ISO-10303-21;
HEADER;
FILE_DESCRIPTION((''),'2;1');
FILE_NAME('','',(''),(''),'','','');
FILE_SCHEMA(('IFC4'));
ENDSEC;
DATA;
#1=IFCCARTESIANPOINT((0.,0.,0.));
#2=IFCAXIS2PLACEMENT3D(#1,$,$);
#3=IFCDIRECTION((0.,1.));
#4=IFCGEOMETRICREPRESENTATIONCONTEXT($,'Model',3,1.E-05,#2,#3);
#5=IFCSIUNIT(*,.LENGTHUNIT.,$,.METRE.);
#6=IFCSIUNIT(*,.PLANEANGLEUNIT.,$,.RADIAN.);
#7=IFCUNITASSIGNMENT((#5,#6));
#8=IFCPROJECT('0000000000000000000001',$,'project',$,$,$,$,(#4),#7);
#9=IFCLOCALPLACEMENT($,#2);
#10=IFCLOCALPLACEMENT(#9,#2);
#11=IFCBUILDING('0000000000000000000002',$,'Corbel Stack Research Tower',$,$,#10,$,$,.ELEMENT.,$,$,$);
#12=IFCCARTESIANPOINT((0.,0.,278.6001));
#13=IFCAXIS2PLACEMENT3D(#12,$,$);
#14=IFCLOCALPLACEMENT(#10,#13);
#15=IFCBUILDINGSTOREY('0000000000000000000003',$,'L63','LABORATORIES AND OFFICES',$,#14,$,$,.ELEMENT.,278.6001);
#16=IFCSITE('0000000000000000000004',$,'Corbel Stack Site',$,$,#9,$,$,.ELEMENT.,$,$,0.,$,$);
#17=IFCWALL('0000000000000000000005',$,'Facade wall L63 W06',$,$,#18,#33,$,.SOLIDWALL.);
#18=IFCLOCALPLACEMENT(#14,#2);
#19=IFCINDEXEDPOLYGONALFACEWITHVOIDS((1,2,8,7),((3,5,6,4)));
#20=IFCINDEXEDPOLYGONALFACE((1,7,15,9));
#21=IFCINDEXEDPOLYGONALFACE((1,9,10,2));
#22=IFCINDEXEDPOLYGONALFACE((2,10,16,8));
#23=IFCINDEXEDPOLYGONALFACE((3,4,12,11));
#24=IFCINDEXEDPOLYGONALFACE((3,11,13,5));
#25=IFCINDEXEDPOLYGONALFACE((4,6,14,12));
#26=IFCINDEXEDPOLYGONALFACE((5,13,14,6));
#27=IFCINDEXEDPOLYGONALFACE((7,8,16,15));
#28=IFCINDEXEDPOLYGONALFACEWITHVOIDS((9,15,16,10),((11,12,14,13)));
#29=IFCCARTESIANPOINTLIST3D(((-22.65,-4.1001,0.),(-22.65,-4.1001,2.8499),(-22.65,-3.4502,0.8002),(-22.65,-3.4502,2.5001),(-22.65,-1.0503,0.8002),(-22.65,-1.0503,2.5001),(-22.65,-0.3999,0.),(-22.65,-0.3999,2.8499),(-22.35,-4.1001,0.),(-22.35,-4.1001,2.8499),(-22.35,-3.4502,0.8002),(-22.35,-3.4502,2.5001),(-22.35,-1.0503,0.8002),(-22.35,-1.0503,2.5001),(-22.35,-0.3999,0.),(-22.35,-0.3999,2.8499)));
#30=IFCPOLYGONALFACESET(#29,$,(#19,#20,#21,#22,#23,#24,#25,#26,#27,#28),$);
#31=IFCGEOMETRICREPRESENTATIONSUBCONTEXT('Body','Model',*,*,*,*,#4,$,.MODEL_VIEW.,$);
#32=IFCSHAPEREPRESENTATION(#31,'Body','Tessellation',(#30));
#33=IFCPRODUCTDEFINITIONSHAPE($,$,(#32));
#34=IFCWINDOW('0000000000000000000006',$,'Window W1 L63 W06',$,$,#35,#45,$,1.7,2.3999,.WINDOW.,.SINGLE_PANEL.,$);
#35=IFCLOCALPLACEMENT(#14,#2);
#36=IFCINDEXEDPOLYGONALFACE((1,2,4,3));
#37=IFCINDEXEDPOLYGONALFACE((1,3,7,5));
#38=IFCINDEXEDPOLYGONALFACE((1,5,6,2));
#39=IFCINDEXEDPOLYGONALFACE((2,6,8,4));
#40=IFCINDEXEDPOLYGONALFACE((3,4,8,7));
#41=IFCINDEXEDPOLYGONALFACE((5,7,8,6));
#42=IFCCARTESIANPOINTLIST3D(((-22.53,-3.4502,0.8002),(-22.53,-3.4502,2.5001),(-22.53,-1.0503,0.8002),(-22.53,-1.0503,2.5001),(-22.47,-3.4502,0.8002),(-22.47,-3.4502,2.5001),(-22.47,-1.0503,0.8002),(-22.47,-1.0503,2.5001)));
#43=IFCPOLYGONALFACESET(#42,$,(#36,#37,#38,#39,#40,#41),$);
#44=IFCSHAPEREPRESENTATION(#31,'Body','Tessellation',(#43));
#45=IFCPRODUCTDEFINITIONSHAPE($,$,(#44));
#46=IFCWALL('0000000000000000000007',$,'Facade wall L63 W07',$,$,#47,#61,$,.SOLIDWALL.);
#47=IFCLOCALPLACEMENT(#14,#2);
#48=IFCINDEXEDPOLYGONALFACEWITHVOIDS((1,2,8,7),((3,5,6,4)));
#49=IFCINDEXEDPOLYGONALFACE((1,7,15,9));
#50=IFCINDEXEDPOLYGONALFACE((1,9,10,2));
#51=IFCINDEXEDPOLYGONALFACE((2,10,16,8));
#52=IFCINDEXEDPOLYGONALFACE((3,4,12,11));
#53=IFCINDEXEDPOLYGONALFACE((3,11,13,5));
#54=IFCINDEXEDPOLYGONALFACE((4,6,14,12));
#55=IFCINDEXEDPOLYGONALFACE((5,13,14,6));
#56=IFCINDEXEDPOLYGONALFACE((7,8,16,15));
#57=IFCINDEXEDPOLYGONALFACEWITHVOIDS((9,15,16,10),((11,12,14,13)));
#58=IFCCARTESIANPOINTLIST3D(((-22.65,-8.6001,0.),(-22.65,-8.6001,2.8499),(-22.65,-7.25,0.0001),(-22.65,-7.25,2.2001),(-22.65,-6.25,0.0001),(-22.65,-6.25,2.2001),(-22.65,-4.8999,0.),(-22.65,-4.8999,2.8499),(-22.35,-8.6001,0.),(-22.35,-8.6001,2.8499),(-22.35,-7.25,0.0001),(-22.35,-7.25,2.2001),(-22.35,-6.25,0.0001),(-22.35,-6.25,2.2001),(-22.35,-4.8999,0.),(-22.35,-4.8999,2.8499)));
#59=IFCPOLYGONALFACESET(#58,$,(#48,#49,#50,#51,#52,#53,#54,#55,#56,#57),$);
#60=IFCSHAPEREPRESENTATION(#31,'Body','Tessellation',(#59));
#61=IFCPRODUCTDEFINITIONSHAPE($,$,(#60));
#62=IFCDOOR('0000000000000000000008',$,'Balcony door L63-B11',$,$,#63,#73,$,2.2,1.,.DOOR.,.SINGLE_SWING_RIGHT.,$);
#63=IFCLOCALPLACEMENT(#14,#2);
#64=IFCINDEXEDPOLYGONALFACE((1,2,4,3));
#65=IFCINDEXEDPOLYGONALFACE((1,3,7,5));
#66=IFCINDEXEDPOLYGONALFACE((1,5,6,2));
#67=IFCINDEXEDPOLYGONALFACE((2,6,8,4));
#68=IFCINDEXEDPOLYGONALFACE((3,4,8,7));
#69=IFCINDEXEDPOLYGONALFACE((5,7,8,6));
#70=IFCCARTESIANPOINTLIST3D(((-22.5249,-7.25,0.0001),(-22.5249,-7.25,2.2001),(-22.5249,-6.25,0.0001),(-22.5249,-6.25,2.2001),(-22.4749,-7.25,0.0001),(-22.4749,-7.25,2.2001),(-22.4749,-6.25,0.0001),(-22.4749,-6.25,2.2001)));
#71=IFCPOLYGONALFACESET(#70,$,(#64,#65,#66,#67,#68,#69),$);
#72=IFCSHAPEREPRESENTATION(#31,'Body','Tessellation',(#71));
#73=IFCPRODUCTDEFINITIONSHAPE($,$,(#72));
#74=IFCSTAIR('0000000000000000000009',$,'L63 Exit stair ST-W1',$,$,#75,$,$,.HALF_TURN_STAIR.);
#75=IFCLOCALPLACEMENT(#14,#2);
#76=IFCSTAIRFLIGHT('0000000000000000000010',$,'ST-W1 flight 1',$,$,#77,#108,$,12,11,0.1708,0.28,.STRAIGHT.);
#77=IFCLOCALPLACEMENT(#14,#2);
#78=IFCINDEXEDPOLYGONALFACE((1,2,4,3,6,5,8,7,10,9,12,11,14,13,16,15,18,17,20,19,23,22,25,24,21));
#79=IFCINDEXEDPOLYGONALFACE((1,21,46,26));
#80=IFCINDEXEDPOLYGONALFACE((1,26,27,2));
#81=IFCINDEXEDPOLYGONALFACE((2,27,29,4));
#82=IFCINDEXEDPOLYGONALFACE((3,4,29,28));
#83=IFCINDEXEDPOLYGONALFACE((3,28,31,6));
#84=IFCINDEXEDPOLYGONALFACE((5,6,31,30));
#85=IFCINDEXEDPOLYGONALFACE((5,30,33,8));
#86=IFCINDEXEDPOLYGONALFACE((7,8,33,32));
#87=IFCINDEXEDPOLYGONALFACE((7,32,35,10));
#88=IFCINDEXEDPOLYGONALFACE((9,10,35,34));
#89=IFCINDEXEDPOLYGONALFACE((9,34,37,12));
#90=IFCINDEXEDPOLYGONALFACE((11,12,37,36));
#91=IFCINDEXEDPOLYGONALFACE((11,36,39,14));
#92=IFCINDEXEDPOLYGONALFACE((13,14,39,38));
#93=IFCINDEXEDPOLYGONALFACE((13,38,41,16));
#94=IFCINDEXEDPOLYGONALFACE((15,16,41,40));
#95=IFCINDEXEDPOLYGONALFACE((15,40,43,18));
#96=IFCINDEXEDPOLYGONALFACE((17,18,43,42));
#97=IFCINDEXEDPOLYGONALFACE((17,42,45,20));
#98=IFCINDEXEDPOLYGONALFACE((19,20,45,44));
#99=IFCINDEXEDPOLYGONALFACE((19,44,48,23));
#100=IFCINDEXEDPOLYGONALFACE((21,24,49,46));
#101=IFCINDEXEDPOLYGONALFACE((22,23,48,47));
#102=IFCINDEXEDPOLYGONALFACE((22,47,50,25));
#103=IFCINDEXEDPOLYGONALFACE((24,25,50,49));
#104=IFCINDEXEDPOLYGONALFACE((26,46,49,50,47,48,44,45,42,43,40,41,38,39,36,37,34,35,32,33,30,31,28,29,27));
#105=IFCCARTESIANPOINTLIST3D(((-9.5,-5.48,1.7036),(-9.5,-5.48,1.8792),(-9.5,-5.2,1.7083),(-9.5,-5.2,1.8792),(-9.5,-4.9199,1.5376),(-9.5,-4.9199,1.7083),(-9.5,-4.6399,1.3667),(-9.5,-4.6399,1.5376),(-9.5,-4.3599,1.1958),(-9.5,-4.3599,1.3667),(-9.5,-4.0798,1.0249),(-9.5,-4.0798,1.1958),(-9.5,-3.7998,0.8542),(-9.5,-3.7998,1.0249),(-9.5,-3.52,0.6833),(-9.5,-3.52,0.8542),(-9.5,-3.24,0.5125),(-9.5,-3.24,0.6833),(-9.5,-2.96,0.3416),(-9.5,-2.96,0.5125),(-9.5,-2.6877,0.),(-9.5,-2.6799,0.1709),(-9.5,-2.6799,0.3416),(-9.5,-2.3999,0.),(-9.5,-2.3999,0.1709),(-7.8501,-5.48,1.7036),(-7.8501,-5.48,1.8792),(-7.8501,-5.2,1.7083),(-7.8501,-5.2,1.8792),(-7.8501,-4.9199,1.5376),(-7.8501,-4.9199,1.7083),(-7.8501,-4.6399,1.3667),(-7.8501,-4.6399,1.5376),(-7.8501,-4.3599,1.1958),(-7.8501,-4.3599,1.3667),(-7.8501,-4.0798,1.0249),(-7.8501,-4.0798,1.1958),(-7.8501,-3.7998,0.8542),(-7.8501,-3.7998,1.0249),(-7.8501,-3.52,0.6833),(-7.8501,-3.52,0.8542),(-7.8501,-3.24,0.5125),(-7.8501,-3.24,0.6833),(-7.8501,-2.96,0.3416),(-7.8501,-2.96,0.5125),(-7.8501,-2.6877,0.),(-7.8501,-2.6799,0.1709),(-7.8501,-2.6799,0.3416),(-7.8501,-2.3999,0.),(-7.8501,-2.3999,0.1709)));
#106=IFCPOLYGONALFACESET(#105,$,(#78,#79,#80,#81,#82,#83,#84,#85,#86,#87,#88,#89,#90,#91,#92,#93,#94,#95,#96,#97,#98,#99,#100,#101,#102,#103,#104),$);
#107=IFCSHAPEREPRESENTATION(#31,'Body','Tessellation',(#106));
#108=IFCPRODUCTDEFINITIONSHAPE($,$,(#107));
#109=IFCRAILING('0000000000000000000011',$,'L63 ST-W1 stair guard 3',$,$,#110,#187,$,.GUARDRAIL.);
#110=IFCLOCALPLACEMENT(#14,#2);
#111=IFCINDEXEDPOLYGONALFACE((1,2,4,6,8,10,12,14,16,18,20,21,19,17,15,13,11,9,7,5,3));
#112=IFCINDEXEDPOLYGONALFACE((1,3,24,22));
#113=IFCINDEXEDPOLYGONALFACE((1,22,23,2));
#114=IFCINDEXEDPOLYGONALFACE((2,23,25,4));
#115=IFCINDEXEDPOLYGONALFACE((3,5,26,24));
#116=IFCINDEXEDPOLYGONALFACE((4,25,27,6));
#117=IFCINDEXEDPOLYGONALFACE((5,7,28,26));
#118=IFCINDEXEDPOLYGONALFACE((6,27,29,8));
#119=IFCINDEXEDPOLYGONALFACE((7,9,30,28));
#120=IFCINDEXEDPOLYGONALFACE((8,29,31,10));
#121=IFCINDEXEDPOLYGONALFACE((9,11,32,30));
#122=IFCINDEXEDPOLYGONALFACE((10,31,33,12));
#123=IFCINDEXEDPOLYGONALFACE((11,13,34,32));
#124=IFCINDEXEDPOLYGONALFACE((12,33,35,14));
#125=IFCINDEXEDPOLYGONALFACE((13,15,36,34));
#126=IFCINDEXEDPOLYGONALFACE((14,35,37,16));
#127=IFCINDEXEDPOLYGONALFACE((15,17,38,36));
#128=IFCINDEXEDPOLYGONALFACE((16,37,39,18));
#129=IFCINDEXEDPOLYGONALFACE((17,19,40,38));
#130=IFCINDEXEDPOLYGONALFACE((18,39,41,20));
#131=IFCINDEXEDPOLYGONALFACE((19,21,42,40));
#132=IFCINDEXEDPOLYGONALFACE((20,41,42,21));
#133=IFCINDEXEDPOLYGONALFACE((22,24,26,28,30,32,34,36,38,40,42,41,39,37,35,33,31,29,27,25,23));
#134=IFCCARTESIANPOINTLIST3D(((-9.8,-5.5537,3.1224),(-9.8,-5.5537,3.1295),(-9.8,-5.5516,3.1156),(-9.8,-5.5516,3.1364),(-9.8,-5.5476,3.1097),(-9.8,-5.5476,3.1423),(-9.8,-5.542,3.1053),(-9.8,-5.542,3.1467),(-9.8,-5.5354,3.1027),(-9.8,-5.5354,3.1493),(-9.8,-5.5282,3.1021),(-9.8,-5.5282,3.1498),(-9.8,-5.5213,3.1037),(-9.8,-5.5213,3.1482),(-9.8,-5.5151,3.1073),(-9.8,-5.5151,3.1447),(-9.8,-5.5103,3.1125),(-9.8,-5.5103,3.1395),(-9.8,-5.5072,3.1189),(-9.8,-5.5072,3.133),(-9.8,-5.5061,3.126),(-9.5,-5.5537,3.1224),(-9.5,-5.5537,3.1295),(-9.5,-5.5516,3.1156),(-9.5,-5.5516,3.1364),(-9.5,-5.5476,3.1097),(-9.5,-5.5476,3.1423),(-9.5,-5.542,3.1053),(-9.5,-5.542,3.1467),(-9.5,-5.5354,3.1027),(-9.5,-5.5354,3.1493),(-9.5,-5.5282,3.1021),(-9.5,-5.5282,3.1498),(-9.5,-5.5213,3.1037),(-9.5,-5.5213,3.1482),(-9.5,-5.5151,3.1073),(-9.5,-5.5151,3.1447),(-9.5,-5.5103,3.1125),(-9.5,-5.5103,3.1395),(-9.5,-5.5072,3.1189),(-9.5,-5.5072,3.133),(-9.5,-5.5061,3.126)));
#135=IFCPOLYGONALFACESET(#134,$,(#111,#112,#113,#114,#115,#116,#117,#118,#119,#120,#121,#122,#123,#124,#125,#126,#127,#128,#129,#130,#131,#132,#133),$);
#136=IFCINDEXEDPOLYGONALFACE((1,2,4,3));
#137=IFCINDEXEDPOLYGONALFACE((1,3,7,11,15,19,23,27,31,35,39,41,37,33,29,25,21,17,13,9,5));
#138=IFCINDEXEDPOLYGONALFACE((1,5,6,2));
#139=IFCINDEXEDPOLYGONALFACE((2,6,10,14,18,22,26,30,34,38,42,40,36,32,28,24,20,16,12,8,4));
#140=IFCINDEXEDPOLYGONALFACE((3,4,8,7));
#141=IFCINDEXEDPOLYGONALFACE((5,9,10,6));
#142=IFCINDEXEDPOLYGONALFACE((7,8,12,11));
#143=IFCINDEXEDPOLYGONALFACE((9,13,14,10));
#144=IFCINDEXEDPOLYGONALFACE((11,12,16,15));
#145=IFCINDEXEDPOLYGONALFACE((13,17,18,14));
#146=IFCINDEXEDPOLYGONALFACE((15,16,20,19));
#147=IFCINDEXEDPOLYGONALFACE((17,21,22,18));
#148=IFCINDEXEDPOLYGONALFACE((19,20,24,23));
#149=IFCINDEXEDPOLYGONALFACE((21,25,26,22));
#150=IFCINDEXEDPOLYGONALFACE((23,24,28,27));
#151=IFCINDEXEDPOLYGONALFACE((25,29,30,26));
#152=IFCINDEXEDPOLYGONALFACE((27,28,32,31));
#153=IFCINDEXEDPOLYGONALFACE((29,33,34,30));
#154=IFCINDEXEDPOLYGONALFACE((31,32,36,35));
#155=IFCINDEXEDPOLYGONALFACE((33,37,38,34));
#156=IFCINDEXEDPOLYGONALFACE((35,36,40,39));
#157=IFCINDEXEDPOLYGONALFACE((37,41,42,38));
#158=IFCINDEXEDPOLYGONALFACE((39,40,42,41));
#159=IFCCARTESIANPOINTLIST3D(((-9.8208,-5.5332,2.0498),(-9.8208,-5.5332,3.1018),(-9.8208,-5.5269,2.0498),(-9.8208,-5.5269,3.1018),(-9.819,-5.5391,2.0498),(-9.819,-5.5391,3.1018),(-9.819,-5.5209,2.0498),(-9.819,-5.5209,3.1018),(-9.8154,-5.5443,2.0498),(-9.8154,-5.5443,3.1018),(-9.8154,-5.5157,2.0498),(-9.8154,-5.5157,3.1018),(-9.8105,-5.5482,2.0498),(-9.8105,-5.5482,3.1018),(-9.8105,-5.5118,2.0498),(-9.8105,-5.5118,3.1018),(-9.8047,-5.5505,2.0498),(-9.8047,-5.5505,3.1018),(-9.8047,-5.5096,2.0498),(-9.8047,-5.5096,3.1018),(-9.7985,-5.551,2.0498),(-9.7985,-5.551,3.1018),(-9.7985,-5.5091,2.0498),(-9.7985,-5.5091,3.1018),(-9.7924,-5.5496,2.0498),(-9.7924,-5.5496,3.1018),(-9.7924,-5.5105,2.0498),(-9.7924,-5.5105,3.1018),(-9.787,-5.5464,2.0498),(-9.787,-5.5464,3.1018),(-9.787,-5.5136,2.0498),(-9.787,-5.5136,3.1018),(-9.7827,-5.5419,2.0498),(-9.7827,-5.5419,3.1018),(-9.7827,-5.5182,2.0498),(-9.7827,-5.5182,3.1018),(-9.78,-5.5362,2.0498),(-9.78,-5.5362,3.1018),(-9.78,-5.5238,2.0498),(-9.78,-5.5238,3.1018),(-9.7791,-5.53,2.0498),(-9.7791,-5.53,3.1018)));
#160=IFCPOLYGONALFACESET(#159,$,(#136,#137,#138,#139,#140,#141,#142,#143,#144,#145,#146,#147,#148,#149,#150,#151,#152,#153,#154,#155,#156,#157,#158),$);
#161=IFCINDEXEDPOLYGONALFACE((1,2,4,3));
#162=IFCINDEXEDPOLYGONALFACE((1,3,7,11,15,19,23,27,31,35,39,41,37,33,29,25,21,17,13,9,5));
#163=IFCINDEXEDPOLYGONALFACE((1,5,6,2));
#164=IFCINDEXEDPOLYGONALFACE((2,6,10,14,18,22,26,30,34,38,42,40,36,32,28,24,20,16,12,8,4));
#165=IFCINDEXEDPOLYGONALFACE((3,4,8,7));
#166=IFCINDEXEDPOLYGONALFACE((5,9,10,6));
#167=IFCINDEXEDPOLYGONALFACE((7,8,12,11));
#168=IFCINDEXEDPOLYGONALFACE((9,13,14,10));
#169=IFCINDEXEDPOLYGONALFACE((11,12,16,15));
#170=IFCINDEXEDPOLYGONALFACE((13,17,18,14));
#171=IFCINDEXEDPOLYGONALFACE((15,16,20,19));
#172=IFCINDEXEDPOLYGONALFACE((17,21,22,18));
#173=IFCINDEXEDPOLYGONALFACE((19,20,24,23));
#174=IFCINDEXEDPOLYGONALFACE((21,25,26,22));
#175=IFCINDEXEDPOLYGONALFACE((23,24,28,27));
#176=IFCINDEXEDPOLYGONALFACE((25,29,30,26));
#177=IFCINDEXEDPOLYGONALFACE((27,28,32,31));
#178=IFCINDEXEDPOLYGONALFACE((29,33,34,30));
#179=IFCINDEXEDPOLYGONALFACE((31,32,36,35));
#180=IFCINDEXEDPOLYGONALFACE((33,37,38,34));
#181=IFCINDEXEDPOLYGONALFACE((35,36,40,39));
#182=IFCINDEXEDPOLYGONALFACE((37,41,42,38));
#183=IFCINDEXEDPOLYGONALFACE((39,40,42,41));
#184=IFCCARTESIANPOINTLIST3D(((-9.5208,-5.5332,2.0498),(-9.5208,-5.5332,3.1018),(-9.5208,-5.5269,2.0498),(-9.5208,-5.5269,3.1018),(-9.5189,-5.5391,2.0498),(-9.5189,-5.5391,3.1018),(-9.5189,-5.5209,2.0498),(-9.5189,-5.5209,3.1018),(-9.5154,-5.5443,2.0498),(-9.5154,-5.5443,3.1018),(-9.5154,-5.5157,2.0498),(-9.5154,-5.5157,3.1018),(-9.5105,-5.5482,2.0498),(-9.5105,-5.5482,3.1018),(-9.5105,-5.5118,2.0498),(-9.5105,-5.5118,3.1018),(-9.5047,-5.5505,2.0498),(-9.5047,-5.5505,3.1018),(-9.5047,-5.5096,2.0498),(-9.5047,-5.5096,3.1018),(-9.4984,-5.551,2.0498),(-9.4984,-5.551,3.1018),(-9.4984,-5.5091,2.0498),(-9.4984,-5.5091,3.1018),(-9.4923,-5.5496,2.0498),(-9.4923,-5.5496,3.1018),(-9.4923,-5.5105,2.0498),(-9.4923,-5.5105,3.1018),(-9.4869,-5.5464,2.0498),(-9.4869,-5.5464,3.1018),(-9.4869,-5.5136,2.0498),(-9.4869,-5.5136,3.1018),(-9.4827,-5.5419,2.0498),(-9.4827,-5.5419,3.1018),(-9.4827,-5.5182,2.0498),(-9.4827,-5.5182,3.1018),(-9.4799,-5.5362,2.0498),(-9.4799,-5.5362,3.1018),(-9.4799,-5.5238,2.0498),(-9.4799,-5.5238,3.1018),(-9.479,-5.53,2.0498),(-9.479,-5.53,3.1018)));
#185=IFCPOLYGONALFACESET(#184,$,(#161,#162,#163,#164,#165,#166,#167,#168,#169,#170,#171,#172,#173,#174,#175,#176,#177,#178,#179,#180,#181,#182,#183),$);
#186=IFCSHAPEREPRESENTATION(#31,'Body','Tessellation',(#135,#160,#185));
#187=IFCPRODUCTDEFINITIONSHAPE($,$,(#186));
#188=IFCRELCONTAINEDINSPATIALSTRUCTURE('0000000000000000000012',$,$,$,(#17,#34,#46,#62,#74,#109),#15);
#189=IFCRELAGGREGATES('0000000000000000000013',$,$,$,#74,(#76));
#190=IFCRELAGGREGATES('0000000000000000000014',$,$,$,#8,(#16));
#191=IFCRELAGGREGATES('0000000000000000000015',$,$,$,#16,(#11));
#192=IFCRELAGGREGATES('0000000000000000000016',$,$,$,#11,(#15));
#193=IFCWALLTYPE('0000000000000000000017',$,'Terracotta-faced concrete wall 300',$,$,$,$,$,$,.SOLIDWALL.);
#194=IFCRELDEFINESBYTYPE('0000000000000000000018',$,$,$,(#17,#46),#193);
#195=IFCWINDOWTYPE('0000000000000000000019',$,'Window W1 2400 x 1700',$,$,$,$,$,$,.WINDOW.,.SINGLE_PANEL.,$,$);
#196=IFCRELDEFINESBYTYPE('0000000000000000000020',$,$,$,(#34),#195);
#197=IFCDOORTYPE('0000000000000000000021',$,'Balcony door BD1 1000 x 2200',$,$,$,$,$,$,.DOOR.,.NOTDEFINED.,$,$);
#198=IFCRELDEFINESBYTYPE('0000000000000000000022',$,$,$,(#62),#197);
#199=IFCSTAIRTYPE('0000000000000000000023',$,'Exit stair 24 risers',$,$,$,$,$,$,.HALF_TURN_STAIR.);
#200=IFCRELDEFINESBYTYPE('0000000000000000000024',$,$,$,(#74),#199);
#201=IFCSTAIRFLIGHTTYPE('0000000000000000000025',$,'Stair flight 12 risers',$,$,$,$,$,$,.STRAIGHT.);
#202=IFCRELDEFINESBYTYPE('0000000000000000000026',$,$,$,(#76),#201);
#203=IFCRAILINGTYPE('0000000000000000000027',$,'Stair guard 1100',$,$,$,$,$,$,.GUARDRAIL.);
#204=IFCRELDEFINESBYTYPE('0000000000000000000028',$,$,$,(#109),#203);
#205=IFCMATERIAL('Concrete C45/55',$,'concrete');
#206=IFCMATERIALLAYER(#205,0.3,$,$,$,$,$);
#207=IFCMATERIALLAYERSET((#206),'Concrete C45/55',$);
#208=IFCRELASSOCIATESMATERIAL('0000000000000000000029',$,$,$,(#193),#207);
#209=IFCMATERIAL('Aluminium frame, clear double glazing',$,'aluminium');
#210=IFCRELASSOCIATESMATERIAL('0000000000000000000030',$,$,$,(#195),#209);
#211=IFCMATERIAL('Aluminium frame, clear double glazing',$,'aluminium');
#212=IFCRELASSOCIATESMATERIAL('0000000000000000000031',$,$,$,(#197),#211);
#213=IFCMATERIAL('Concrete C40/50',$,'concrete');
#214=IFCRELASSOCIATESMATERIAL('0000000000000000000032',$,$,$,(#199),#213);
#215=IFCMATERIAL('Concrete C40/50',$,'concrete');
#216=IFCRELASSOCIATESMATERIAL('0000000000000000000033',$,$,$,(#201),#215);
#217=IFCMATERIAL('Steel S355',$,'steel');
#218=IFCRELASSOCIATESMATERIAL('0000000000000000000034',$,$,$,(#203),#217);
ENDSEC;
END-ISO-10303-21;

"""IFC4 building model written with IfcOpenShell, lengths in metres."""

from ifc_helpers import new_model, si_unit, direction, frame, frame_2d, origin, origin_2d, place, context, subcontext, project, spatial, polyline, rectangle, circle, outline, extrude, material, layer, layer_set, type_object, element, fill, aggregate, save


model = new_model("IFC4")

# Units and contexts
model_context = context("Model", 3, precision=1e-05, world=origin(), true_north=direction((0.0, 1.0)))
body_context = subcontext(model_context, "Body", "Model", "MODEL_VIEW")
ifc_project = project(units=[si_unit("LENGTHUNIT", "METRE"), si_unit("PLANEANGLEUNIT", "RADIAN")], contexts=[model_context])

# Site, building, storey
site_placement = place(None, origin())
site = spatial("IfcSite", under=ifc_project, at=site_placement, Name="Corbel Stack Site", CompositionType="ELEMENT", RefElevation=0.0)
building_placement = place(site_placement, origin())
building = spatial("IfcBuilding", under=site, at=building_placement, Name="Corbel Stack Research Tower", CompositionType="ELEMENT")
storey_placement = place(building_placement, frame((0.0, 0.0, 278.6001)))
storey = spatial("IfcBuildingStorey", under=building, at=storey_placement, Name="L63", Description="LABORATORIES AND OFFICES", CompositionType="ELEMENT", Elevation=278.6001)

# Wall, opening, window
ifc_material_1 = material(Name="Concrete C45/55", Category="concrete")
ifc_layer_1 = layer(ifc_material_1, 0.3)
ifc_layer_set_1 = layer_set([ifc_layer_1], Name="Concrete C45/55")
wall_type_1 = type_object("IfcWallType", Name="Terracotta-faced concrete wall 300", PredefinedType="SOLIDWALL", material=ifc_layer_set_1)
wall_1_placement = place(storey_placement, frame((-22.5, -4.1001, 0.0), z_axis=(0.0, 0.0, 1.0), x_axis=(0.0, 1.0, 0.0)))
wall_1 = element("IfcWall", 1, at=wall_1_placement, inside=storey, type_object=wall_type_1, Name="Facade wall L63 W06", PredefinedType="SOLIDWALL", context=body_context, shape_type="SweptSolid", body=[
    extrude(rectangle(XDim=3.7002, YDim=0.3, at=frame_2d((1.8501, 0.0))), origin(), (0.0, 0.0, 1.0), 2.8499),
])
opening_1_placement = place(wall_1_placement, frame((0.6499, 0.0, 0.8)))
opening_1 = element("IfcOpeningElement", 2, at=opening_1_placement, cuts=wall_1, PredefinedType="OPENING", context=body_context, shape_type="SweptSolid", body=[
    extrude(rectangle(XDim=2.3999, YDim=1.7, at=frame_2d((1.2, 0.8501))), frame((0.0, 0.1599, 0.0), z_axis=(0.0, -1.0, 0.0), x_axis=(1.0, 0.0, 0.0)), (0.0, 0.0, 1.0), 0.3201),
])
ifc_material_2 = material(Name="Aluminium frame, clear double glazing", Category="aluminium")
window_type = type_object("IfcWindowType", Name="Window W1 2400 x 1700", PartitioningType="SINGLE_PANEL", PredefinedType="WINDOW", material=ifc_material_2)
window_placement = place(opening_1_placement, origin())
window = element("IfcWindow", 3, at=window_placement, inside=storey, type_object=window_type, Name="Window W1 L63 W06", OverallHeight=1.7, OverallWidth=2.3999, PartitioningType="SINGLE_PANEL", PredefinedType="WINDOW", context=body_context, shape_type="SweptSolid", body=[
    extrude(rectangle(XDim=2.3999, YDim=1.7, at=frame_2d((1.2, 0.8501))), frame((0.0, 0.03, 0.0), z_axis=(0.0, -1.0, 0.0), x_axis=(1.0, 0.0, 0.0)), (0.0, 0.0, 1.0), 0.0601),
])
fill(opening_1, window)

# Wall, opening, door
wall_2_placement = place(storey_placement, frame((-22.5, -8.6001, 0.0), z_axis=(0.0, 0.0, 1.0), x_axis=(0.0, 1.0, 0.0)))
wall_2 = element("IfcWall", 4, at=wall_2_placement, inside=storey, type_object=wall_type_1, Name="Facade wall L63 W07", PredefinedType="SOLIDWALL", context=body_context, shape_type="SweptSolid", body=[
    extrude(rectangle(XDim=3.7002, YDim=0.3, at=frame_2d((1.8501, 0.0))), origin(), (0.0, 0.0, 1.0), 2.8499),
])
opening_2_placement = place(wall_2_placement, frame((1.3501, 0.0, 0.0)))
opening_2 = element("IfcOpeningElement", 5, at=opening_2_placement, cuts=wall_2, PredefinedType="OPENING", context=body_context, shape_type="SweptSolid", body=[
    extrude(rectangle(XDim=1.0, YDim=2.2, at=frame_2d((0.5, 1.1001))), frame((0.0, 0.1599, 0.0), z_axis=(0.0, -1.0, 0.0), x_axis=(1.0, 0.0, 0.0)), (0.0, 0.0, 1.0), 0.3201),
])
ifc_material_3 = material(Name="Aluminium frame, clear double glazing", Category="aluminium")
door_type_1 = type_object("IfcDoorType", Name="Balcony door BD1 1000 x 2200", OperationType="NOTDEFINED", PredefinedType="DOOR", material=ifc_material_3)
door_1_placement = place(opening_2_placement, origin())
door_1 = element("IfcDoor", 6, at=door_1_placement, inside=storey, type_object=door_type_1, Name="Balcony door L63-B11", OperationType="SINGLE_SWING_RIGHT", OverallHeight=2.2, OverallWidth=1.0, PredefinedType="DOOR", context=body_context, shape_type="SweptSolid", body=[
    extrude(rectangle(XDim=1.0, YDim=2.2, at=frame_2d((0.5, 1.1001))), frame((0.0, 0.0249, 0.0), z_axis=(0.0, -1.0, 0.0), x_axis=(1.0, 0.0, 0.0)), (0.0, 0.0, 1.0), 0.05),
])
fill(opening_2, door_1)

# Stair, stair flight
ifc_material_4 = material(Name="Concrete C40/50", Category="concrete")
stair_type = type_object("IfcStairType", Name="Exit stair 24 risers", PredefinedType="HALF_TURN_STAIR", material=ifc_material_4)
stair_placement = place(storey_placement, origin())
stair = element("IfcStair", 7, at=stair_placement, inside=storey, type_object=stair_type, Name="L63 Exit stair ST-W1", PredefinedType="HALF_TURN_STAIR")
ifc_material_5 = material(Name="Concrete C40/50", Category="concrete")
stair_flight_type = type_object("IfcStairFlightType", Name="Stair flight 12 risers", PredefinedType="STRAIGHT", material=ifc_material_5)
stair_flight_placement = place(storey_placement, frame((-8.675, -2.3999, 0.0), z_axis=(0.0, 0.0, 1.0), x_axis=(0.0, -1.0, 0.0)))
stair_flight = element("IfcStairFlight", 8, at=stair_flight_placement, type_object=stair_flight_type, Name="ST-W1 flight 1", NumberOfRisers=12, NumberOfTreads=11, PredefinedType="STRAIGHT", RiserHeight=0.1708, TreadLength=0.28, context=body_context, shape_type="SweptSolid", body=[
    extrude(outline(polyline([(0.0, 0.0), (0.0, 0.1709), (0.28, 0.1709), (0.28, 0.3416), (0.5601, 0.3416), (0.5601, 0.5125), (0.8401, 0.5125), (0.8401, 0.6833), (1.1201, 0.6833), (1.1201, 0.8542), (1.3999, 0.8542), (1.3999, 1.0249), (1.6799, 1.0249), (1.6799, 1.1958), (1.96, 1.1958), (1.96, 1.3667), (2.24, 1.3667), (2.24, 1.5376), (2.52, 1.5376), (2.52, 1.7083), (2.8, 1.7083), (2.8, 1.8792), (3.0801, 1.8792), (3.0801, 2.05), (3.0801, 1.7036), (0.2878, 0.0), (0.0, 0.0)])), frame((0.0, 0.825, 0.0), z_axis=(0.0, -1.0, 0.0), x_axis=(1.0, 0.0, 0.0)), (0.0, 0.0, 1.0), 1.6499),
])
aggregate(stair, [stair_flight])

# Railing
ifc_material_6 = material(Name="Steel S355", Category="steel")
railing_type_1 = type_object("IfcRailingType", Name="Stair guard 1100", PredefinedType="GUARDRAIL", material=ifc_material_6)
for number, where, name in (
    (9, (-9.8, -5.53, 2.0498), "L63 ST-W1 stair guard 3"),
):
    element("IfcRailing", number, at=place(storey_placement, frame(where)), inside=storey, type_object=railing_type_1, Name=name, PredefinedType="GUARDRAIL", context=body_context, shape_type="SweptSolid", body=[
        extrude(circle(Radius=0.0239, at=origin_2d()), frame((0.0, 0.0, 1.0762), z_axis=(1.0, 0.0, 0.0), x_axis=(0.0, 1.0, 0.0)), (0.0, 0.0, 1.0), 0.3),
        extrude(circle(Radius=0.021, at=origin_2d()), origin(), (0.0, 0.0, 1.0), 1.052),
        extrude(circle(Radius=0.021, at=origin_2d()), frame((0.3, 0.0, 0.0)), (0.0, 0.0, 1.0), 1.052),
    ])

save(model, "model.ifc")
